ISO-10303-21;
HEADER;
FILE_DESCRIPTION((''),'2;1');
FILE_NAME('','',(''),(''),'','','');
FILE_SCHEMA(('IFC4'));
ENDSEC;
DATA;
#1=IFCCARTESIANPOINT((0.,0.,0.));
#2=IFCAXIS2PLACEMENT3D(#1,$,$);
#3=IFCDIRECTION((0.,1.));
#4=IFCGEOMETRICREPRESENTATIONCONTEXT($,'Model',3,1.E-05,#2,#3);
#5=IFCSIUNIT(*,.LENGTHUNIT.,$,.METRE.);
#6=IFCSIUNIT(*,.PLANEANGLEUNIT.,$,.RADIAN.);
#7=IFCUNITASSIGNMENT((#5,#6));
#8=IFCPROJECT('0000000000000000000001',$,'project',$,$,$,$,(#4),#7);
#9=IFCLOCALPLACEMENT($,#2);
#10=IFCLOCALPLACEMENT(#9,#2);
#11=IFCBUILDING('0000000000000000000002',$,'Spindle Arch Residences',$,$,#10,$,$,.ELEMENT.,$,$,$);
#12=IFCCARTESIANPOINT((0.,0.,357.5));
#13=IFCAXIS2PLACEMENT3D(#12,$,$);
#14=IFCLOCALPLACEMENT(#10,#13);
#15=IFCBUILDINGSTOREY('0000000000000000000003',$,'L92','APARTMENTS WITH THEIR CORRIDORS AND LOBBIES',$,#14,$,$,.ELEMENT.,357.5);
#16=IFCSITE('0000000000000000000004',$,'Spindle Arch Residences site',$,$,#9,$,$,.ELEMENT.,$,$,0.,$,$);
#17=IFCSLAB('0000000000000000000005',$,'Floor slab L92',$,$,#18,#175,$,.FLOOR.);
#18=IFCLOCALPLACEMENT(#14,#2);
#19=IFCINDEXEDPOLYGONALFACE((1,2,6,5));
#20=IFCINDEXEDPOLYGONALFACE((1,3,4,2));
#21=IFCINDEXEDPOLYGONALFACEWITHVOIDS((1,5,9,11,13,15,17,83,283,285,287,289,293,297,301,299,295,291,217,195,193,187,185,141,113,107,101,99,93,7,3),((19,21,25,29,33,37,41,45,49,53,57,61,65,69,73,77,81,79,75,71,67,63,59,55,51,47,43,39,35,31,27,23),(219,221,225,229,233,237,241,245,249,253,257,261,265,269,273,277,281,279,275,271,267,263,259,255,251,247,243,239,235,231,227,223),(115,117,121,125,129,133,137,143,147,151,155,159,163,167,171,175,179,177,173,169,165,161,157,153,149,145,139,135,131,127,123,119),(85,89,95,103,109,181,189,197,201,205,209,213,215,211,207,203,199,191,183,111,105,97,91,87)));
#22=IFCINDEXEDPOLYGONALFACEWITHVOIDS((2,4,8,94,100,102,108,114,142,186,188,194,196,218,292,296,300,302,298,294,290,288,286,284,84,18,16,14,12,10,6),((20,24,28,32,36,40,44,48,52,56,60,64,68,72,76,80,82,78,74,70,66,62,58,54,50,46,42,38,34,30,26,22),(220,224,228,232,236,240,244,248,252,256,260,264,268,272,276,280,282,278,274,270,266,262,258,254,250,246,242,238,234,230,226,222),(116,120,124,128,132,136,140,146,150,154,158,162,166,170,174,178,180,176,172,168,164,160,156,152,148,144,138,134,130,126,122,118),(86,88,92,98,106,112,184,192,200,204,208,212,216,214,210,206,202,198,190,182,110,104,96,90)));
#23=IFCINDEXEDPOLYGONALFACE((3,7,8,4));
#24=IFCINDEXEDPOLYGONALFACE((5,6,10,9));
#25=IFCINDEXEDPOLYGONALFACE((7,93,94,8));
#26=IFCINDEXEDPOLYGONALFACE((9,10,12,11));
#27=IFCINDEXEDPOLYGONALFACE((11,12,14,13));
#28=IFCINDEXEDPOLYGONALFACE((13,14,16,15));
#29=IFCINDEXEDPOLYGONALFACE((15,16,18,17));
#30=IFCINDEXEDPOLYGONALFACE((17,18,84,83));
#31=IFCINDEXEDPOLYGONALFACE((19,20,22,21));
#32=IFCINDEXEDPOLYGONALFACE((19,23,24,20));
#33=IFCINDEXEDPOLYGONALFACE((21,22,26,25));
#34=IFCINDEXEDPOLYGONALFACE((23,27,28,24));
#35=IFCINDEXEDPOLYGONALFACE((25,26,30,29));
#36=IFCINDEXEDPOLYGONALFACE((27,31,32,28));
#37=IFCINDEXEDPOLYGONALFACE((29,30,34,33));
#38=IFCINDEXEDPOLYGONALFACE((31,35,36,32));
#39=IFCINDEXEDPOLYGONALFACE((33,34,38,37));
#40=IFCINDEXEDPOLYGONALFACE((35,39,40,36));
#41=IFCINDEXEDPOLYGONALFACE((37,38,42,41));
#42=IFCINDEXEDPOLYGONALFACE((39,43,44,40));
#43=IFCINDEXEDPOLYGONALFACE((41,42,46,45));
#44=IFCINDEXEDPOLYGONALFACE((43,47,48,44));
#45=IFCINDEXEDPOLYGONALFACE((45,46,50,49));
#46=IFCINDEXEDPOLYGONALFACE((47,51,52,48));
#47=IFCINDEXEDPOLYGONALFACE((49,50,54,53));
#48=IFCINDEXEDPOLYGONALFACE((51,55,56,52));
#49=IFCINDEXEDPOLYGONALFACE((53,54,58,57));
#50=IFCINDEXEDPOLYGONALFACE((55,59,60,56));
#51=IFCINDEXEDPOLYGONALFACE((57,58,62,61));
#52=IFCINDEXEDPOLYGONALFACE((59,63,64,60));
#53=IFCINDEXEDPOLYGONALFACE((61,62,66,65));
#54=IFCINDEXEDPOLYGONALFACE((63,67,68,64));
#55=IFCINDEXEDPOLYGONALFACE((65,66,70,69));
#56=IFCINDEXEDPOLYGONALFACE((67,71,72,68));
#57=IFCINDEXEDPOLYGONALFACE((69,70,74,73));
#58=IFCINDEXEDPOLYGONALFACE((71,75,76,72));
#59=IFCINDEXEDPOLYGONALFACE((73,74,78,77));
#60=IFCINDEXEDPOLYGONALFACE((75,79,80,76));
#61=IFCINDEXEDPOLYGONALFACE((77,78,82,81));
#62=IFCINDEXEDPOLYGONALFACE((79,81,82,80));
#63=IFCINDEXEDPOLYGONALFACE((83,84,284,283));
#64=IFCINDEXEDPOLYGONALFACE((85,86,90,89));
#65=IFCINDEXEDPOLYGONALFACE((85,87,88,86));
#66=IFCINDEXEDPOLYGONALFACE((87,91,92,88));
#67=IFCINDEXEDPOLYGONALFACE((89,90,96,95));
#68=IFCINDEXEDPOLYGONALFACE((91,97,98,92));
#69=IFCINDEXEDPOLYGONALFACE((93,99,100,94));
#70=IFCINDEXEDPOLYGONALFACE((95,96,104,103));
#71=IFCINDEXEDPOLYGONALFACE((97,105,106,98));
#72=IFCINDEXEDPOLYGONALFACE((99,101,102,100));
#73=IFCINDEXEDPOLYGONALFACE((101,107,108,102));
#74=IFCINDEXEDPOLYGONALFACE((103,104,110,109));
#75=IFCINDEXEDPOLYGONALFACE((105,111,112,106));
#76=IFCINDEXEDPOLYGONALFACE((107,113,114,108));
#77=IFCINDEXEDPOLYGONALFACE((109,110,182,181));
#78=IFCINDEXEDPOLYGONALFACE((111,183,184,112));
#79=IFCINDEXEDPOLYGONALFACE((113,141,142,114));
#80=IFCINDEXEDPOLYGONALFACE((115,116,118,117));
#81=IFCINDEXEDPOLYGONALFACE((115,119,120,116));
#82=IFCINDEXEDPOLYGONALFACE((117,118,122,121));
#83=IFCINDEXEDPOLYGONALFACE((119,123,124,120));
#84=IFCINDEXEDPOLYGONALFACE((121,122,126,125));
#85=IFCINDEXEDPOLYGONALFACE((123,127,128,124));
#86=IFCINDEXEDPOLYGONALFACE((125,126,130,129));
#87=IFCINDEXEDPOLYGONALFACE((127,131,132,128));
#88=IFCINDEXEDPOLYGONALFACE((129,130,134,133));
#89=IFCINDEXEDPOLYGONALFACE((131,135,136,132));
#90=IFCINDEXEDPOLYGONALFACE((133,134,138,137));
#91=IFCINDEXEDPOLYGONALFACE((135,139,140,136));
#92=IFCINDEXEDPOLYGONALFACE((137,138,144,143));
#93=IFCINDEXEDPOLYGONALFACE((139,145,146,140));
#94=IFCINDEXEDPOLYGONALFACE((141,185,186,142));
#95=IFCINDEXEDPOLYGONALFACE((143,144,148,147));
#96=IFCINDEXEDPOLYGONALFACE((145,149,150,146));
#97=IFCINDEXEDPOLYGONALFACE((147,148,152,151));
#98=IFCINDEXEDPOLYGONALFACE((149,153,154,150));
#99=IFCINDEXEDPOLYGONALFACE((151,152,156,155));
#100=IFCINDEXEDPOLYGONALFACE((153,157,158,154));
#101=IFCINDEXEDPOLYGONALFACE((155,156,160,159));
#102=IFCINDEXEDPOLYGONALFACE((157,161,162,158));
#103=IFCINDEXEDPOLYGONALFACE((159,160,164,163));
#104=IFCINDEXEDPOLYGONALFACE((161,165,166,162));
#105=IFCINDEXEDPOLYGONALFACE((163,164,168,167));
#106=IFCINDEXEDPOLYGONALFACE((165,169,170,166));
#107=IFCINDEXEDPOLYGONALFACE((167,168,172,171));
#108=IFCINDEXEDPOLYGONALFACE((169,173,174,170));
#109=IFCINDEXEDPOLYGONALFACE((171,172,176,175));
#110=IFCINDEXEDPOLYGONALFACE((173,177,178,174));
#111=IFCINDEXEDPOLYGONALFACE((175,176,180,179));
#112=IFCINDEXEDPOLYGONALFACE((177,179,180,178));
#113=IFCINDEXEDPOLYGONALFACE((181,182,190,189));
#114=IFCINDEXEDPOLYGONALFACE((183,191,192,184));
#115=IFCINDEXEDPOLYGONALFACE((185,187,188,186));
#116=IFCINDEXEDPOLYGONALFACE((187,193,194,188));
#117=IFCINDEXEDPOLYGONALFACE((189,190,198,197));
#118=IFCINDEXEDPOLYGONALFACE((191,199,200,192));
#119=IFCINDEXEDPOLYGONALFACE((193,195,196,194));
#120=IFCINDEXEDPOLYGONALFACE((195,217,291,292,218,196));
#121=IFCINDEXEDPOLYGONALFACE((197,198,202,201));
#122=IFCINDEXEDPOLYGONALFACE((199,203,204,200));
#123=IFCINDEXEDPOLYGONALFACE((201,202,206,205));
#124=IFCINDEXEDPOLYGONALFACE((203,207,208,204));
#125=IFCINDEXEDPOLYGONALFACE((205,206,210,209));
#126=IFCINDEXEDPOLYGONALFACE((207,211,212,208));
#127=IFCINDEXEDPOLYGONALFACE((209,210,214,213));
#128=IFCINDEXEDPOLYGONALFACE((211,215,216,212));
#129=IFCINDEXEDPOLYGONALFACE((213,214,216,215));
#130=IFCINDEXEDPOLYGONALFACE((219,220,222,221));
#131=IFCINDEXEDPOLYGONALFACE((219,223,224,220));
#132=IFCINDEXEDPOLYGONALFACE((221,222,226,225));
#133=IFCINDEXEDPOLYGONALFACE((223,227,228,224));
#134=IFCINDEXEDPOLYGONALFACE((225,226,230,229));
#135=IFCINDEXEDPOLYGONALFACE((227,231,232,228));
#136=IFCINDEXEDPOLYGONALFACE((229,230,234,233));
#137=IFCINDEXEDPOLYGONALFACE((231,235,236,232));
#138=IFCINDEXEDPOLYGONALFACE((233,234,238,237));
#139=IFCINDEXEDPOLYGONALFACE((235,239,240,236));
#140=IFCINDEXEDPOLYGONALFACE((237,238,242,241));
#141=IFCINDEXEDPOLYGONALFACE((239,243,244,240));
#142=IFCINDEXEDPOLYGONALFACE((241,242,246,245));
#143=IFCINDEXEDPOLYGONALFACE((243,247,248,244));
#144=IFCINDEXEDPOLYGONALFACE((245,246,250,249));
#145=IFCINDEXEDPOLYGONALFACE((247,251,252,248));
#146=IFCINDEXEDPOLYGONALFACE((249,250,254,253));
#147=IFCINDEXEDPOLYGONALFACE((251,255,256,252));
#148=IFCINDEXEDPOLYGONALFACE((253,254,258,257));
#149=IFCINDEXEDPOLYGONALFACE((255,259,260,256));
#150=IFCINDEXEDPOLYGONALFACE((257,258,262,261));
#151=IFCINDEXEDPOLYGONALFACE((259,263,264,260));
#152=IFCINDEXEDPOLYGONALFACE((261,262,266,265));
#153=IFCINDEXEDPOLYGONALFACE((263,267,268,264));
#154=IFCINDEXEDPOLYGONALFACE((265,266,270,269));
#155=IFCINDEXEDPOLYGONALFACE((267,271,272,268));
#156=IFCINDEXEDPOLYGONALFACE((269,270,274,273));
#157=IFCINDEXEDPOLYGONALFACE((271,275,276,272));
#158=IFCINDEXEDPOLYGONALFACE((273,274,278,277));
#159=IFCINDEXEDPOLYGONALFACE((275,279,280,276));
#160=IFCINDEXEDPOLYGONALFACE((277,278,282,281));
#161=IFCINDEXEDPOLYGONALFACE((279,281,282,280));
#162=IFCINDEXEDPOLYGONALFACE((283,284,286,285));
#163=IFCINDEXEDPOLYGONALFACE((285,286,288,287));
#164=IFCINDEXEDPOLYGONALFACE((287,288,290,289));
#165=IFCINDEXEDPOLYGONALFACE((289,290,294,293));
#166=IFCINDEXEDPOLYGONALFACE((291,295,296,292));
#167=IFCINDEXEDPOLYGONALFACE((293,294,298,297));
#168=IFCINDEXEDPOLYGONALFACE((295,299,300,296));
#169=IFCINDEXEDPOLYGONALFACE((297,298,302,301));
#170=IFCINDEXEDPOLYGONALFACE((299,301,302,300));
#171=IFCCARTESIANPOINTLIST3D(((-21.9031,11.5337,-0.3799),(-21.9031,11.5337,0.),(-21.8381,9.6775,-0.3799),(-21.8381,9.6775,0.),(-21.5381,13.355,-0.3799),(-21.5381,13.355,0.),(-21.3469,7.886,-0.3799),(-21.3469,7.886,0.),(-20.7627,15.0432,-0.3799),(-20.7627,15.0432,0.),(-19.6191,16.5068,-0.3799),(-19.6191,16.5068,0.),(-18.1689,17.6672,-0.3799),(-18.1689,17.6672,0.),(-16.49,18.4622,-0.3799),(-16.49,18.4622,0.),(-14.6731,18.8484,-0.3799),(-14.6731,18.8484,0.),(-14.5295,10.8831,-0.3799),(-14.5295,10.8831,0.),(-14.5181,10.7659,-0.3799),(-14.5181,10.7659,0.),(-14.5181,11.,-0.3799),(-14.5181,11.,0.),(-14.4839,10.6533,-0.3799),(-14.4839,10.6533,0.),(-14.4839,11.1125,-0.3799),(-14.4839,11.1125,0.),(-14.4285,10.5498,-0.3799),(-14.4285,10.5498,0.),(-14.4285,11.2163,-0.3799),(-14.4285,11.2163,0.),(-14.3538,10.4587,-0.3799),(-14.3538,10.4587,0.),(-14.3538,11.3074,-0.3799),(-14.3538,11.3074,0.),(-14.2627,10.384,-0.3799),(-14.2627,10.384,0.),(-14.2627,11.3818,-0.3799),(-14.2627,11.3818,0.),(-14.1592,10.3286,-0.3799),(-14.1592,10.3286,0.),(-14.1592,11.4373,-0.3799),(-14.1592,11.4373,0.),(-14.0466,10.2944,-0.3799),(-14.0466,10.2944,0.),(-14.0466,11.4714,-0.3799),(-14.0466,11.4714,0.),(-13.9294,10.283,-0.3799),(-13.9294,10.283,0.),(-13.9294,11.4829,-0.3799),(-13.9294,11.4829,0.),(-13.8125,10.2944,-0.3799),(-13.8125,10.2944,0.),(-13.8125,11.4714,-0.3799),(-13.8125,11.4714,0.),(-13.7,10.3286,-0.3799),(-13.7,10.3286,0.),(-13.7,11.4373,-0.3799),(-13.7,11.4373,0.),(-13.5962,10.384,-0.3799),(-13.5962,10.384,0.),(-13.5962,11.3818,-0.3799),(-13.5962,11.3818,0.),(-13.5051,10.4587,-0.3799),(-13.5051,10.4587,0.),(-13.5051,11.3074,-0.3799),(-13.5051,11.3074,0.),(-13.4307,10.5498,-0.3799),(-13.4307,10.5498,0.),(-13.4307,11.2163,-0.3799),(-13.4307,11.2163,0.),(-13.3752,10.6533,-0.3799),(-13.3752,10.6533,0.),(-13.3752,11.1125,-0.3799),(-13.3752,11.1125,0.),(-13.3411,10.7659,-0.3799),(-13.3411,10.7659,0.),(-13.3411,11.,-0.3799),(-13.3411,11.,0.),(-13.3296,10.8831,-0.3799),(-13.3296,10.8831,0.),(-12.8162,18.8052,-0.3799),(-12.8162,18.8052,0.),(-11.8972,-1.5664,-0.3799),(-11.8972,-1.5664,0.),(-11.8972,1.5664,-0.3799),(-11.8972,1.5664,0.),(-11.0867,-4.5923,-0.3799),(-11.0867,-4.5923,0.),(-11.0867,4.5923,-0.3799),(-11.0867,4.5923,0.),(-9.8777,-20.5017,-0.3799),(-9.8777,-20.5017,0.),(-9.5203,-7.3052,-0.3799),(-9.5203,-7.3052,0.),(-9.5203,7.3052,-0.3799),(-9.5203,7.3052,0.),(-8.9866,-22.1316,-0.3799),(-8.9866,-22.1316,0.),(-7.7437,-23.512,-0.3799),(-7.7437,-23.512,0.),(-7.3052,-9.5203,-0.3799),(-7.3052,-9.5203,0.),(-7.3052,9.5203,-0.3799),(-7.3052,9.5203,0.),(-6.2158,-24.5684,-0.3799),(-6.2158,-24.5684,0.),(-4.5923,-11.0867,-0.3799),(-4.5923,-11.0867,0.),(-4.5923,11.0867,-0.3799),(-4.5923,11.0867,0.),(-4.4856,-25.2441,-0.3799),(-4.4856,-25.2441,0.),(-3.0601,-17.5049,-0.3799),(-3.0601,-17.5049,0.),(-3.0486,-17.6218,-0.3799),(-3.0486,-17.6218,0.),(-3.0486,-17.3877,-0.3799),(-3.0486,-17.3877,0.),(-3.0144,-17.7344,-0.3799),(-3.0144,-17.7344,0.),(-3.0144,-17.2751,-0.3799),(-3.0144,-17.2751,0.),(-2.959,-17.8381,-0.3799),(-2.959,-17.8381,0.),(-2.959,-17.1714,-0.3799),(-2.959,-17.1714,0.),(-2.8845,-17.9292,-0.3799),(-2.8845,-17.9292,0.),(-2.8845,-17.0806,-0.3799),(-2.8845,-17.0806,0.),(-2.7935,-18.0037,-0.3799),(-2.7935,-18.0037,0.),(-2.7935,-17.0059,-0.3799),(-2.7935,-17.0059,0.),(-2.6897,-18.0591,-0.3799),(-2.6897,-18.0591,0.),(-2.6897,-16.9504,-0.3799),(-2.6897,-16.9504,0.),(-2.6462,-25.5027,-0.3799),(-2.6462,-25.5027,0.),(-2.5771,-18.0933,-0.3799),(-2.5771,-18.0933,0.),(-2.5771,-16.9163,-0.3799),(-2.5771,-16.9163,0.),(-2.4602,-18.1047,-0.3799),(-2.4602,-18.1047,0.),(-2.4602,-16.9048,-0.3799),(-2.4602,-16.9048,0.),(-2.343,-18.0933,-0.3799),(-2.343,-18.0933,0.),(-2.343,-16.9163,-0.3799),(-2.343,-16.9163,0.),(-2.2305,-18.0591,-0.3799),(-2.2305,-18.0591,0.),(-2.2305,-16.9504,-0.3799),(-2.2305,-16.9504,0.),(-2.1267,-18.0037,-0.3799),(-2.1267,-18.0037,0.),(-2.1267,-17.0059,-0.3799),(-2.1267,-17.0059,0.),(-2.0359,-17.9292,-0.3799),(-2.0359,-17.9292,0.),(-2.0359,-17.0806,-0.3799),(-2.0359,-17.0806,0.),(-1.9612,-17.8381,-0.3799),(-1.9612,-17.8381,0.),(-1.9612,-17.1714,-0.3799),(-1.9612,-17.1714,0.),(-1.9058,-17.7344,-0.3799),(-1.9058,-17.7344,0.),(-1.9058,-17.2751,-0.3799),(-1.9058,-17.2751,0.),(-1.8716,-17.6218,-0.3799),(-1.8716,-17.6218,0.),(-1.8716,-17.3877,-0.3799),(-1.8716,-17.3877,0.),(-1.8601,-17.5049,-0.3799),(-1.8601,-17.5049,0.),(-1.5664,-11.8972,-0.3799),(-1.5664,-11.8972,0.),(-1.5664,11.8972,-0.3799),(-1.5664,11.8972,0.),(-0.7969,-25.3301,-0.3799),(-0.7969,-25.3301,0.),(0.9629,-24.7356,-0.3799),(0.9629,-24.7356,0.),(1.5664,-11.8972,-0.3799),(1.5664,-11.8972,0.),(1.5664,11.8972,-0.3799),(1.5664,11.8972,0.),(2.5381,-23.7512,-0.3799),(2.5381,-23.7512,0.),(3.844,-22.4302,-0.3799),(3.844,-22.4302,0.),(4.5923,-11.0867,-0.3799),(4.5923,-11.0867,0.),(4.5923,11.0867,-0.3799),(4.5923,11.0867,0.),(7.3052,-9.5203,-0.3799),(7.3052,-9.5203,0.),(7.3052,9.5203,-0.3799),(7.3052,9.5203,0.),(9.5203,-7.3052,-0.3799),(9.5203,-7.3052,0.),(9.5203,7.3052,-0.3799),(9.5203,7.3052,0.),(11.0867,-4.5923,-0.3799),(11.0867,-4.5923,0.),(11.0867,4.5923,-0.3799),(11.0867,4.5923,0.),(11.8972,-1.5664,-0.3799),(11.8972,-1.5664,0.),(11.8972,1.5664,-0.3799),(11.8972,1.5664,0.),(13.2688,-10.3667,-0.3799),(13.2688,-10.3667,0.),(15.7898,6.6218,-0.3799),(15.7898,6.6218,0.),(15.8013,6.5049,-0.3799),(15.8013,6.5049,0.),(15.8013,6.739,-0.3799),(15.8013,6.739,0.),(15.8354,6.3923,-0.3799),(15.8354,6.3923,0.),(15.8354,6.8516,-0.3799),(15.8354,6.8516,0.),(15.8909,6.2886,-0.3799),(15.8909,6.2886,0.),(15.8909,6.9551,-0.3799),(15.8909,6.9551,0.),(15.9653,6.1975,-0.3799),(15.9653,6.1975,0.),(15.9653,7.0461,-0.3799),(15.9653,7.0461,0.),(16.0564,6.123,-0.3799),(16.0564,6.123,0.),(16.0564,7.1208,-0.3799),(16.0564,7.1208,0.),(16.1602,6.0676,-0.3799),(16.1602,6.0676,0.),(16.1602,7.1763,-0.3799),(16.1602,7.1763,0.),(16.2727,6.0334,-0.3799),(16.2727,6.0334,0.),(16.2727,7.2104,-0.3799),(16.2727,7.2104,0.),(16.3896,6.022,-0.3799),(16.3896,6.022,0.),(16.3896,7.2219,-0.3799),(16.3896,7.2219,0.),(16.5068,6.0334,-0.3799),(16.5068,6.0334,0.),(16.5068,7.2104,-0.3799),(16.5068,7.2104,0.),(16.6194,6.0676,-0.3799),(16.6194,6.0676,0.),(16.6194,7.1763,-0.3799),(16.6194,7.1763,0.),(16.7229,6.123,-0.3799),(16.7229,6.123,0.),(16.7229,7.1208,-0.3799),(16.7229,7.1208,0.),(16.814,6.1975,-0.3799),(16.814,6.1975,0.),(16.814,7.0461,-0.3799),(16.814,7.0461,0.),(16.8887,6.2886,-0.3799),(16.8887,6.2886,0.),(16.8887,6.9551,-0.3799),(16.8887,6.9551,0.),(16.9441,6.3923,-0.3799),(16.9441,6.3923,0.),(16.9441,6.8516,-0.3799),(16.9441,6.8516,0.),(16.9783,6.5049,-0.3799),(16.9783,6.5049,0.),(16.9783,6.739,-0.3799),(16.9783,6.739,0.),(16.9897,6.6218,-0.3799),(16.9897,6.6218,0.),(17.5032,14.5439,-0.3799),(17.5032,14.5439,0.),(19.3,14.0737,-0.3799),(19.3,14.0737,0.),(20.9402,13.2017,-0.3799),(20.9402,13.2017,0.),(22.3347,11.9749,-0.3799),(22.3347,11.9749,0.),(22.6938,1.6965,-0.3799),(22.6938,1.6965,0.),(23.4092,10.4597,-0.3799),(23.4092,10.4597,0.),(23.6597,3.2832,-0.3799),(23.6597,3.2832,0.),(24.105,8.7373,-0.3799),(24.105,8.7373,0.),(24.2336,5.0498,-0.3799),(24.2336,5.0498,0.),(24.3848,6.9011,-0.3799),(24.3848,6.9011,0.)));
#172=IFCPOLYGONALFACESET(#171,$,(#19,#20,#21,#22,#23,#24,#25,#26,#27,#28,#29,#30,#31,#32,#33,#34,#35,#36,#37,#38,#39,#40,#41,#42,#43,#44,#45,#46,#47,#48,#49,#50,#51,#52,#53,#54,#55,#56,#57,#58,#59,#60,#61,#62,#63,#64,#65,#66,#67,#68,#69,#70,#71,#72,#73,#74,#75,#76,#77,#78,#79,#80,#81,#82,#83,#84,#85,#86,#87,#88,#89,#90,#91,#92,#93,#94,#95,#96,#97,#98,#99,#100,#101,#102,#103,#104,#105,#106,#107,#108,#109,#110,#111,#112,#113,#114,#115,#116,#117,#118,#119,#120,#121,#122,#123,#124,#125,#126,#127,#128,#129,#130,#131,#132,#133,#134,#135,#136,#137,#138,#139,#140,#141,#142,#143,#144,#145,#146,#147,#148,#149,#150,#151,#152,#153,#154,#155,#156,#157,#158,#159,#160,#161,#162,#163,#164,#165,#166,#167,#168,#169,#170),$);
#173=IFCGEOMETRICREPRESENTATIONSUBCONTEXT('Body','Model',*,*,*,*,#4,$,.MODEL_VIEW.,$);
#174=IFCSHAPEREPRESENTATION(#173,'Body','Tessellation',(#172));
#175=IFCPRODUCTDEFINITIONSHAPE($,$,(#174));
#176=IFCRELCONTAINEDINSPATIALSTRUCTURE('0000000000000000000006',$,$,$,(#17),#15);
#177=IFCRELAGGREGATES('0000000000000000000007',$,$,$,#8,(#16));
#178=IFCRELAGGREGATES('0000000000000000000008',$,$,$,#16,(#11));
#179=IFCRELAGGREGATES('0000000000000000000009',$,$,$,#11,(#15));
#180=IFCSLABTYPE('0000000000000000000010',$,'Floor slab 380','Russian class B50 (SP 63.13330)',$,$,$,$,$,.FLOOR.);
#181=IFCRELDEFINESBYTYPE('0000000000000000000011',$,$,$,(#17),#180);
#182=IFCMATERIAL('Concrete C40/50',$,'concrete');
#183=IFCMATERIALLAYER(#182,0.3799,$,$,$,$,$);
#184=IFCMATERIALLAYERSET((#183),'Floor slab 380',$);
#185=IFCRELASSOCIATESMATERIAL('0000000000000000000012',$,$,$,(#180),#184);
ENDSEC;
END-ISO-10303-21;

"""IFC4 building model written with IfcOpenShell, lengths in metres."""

from ifc_helpers import new_model, si_unit, direction, frame, origin, place, context, subcontext, project, spatial, polyline, outline, extrude, material, layer, layer_set, type_object, element, save


model = new_model("IFC4")

# Units and contexts
model_context = context("Model", 3, precision=1e-05, world=origin(), true_north=direction((0.0, 1.0)))
body_context = subcontext(model_context, "Body", "Model", "MODEL_VIEW")
ifc_project = project(units=[si_unit("LENGTHUNIT", "METRE"), si_unit("PLANEANGLEUNIT", "RADIAN")], contexts=[model_context])

# Site, building, storey
site_placement = place(None, origin())
site = spatial("IfcSite", under=ifc_project, at=site_placement, Name="Spindle Arch Residences site", CompositionType="ELEMENT", RefElevation=0.0)
building_placement = place(site_placement, origin())
building = spatial("IfcBuilding", under=site, at=building_placement, Name="Spindle Arch Residences", CompositionType="ELEMENT")
storey_placement = place(building_placement, frame((0.0, 0.0, 357.5)))
storey = spatial("IfcBuildingStorey", under=building, at=storey_placement, Name="L92", Description="APARTMENTS WITH THEIR CORRIDORS AND LOBBIES", CompositionType="ELEMENT", Elevation=357.5)

# Slab
ifc_material_1 = material(Name="Concrete C40/50", Category="concrete")
ifc_layer_1 = layer(ifc_material_1, 0.3799)
ifc_layer_set_1 = layer_set([ifc_layer_1], Name="Floor slab 380")
slab_type_1 = type_object("IfcSlabType", Name="Floor slab 380", Description="Russian class B50 (SP 63.13330)", PredefinedType="FLOOR", material=ifc_layer_set_1)
slab_1_placement = place(storey_placement, frame((0.0, 0.0, -0.3799)))
element("IfcSlab", 1, at=slab_1_placement, inside=storey, type_object=slab_type_1, Name="Floor slab L92", PredefinedType="FLOOR", context=body_context, shape_type="SweptSolid", body=[
    extrude(outline(polyline([(2.5381, -23.7512), (0.9629, -24.7356), (-0.7969, -25.3301), (-2.6462, -25.5027), (-4.4856, -25.2441), (-6.2158, -24.5684), (-7.7437, -23.512), (-8.9866, -22.1316), (-9.8777, -20.5017), (-21.3469, 7.886), (-21.8381, 9.6775), (-21.9031, 11.5337), (-21.5381, 13.355), (-20.7627, 15.0432), (-19.6191, 16.5068), (-18.1689, 17.6672), (-16.49, 18.4622), (-14.6731, 18.8484), (-12.8162, 18.8052), (17.5032, 14.5439), (19.3, 14.0737), (20.9402, 13.2017), (22.3347, 11.9749), (23.4092, 10.4597), (24.105, 8.7373), (24.3848, 6.9011), (24.2336, 5.0498), (23.6597, 3.2832), (22.6938, 1.6965), (13.2688, -10.3667), (3.844, -22.4302), (2.5381, -23.7512)]), holes=[polyline([(7.3052, -9.5203), (9.5203, -7.3052), (11.0867, -4.5923), (11.8972, -1.5664), (11.8972, 1.5664), (11.0867, 4.5923), (9.5203, 7.3052), (7.3052, 9.5203), (4.5923, 11.0867), (1.5664, 11.8972), (-1.5664, 11.8972), (-4.5923, 11.0867), (-7.3052, 9.5203), (-9.5203, 7.3052), (-11.0867, 4.5923), (-11.8972, 1.5664), (-11.8972, -1.5664), (-11.0867, -4.5923), (-9.5203, -7.3052), (-7.3052, -9.5203), (-4.5923, -11.0867), (-1.5664, -11.8972), (1.5664, -11.8972), (4.5923, -11.0867), (7.3052, -9.5203)]), polyline([(-1.9612, -17.8381), (-1.9058, -17.7344), (-1.8716, -17.6218), (-1.8601, -17.5049), (-1.8716, -17.3877), (-1.9058, -17.2751), (-1.9612, -17.1714), (-2.0359, -17.0806), (-2.1267, -17.0059), (-2.2305, -16.9504), (-2.343, -16.9163), (-2.4602, -16.9048), (-2.5771, -16.9163), (-2.6897, -16.9504), (-2.7935, -17.0059), (-2.8845, -17.0806), (-2.959, -17.1714), (-3.0144, -17.2751), (-3.0486, -17.3877), (-3.0601, -17.5049), (-3.0486, -17.6218), (-3.0144, -17.7344), (-2.959, -17.8381), (-2.8845, -17.9292), (-2.7935, -18.0037), (-2.6897, -18.0591), (-2.5771, -18.0933), (-2.4602, -18.1047), (-2.343, -18.0933), (-2.2305, -18.0591), (-2.1267, -18.0037), (-2.0359, -17.9292), (-1.9612, -17.8381)]), polyline([(-13.5051, 10.4587), (-13.4307, 10.5498), (-13.3752, 10.6533), (-13.3411, 10.7659), (-13.3296, 10.8831), (-13.3411, 11.0), (-13.3752, 11.1125), (-13.4307, 11.2163), (-13.5051, 11.3074), (-13.5962, 11.3818), (-13.7, 11.4373), (-13.8125, 11.4714), (-13.9294, 11.4829), (-14.0466, 11.4714), (-14.1592, 11.4373), (-14.2627, 11.3818), (-14.3538, 11.3074), (-14.4285, 11.2163), (-14.4839, 11.1125), (-14.5181, 11.0), (-14.5295, 10.8831), (-14.5181, 10.7659), (-14.4839, 10.6533), (-14.4285, 10.5498), (-14.3538, 10.4587), (-14.2627, 10.384), (-14.1592, 10.3286), (-14.0466, 10.2944), (-13.9294, 10.283), (-13.8125, 10.2944), (-13.7, 10.3286), (-13.5962, 10.384), (-13.5051, 10.4587)]), polyline([(16.814, 6.1975), (16.8887, 6.2886), (16.9441, 6.3923), (16.9783, 6.5049), (16.9897, 6.6218), (16.9783, 6.739), (16.9441, 6.8516), (16.8887, 6.9551), (16.814, 7.0461), (16.7229, 7.1208), (16.6194, 7.1763), (16.5068, 7.2104), (16.3896, 7.2219), (16.2727, 7.2104), (16.1602, 7.1763), (16.0564, 7.1208), (15.9653, 7.0461), (15.8909, 6.9551), (15.8354, 6.8516), (15.8013, 6.739), (15.7898, 6.6218), (15.8013, 6.5049), (15.8354, 6.3923), (15.8909, 6.2886), (15.9653, 6.1975), (16.0564, 6.123), (16.1602, 6.0676), (16.2727, 6.0334), (16.3896, 6.022), (16.5068, 6.0334), (16.6194, 6.0676), (16.7229, 6.123), (16.814, 6.1975)])]), origin(), (0.0, 0.0, 1.0), 0.3799),
])

save(model, "model.ifc")
